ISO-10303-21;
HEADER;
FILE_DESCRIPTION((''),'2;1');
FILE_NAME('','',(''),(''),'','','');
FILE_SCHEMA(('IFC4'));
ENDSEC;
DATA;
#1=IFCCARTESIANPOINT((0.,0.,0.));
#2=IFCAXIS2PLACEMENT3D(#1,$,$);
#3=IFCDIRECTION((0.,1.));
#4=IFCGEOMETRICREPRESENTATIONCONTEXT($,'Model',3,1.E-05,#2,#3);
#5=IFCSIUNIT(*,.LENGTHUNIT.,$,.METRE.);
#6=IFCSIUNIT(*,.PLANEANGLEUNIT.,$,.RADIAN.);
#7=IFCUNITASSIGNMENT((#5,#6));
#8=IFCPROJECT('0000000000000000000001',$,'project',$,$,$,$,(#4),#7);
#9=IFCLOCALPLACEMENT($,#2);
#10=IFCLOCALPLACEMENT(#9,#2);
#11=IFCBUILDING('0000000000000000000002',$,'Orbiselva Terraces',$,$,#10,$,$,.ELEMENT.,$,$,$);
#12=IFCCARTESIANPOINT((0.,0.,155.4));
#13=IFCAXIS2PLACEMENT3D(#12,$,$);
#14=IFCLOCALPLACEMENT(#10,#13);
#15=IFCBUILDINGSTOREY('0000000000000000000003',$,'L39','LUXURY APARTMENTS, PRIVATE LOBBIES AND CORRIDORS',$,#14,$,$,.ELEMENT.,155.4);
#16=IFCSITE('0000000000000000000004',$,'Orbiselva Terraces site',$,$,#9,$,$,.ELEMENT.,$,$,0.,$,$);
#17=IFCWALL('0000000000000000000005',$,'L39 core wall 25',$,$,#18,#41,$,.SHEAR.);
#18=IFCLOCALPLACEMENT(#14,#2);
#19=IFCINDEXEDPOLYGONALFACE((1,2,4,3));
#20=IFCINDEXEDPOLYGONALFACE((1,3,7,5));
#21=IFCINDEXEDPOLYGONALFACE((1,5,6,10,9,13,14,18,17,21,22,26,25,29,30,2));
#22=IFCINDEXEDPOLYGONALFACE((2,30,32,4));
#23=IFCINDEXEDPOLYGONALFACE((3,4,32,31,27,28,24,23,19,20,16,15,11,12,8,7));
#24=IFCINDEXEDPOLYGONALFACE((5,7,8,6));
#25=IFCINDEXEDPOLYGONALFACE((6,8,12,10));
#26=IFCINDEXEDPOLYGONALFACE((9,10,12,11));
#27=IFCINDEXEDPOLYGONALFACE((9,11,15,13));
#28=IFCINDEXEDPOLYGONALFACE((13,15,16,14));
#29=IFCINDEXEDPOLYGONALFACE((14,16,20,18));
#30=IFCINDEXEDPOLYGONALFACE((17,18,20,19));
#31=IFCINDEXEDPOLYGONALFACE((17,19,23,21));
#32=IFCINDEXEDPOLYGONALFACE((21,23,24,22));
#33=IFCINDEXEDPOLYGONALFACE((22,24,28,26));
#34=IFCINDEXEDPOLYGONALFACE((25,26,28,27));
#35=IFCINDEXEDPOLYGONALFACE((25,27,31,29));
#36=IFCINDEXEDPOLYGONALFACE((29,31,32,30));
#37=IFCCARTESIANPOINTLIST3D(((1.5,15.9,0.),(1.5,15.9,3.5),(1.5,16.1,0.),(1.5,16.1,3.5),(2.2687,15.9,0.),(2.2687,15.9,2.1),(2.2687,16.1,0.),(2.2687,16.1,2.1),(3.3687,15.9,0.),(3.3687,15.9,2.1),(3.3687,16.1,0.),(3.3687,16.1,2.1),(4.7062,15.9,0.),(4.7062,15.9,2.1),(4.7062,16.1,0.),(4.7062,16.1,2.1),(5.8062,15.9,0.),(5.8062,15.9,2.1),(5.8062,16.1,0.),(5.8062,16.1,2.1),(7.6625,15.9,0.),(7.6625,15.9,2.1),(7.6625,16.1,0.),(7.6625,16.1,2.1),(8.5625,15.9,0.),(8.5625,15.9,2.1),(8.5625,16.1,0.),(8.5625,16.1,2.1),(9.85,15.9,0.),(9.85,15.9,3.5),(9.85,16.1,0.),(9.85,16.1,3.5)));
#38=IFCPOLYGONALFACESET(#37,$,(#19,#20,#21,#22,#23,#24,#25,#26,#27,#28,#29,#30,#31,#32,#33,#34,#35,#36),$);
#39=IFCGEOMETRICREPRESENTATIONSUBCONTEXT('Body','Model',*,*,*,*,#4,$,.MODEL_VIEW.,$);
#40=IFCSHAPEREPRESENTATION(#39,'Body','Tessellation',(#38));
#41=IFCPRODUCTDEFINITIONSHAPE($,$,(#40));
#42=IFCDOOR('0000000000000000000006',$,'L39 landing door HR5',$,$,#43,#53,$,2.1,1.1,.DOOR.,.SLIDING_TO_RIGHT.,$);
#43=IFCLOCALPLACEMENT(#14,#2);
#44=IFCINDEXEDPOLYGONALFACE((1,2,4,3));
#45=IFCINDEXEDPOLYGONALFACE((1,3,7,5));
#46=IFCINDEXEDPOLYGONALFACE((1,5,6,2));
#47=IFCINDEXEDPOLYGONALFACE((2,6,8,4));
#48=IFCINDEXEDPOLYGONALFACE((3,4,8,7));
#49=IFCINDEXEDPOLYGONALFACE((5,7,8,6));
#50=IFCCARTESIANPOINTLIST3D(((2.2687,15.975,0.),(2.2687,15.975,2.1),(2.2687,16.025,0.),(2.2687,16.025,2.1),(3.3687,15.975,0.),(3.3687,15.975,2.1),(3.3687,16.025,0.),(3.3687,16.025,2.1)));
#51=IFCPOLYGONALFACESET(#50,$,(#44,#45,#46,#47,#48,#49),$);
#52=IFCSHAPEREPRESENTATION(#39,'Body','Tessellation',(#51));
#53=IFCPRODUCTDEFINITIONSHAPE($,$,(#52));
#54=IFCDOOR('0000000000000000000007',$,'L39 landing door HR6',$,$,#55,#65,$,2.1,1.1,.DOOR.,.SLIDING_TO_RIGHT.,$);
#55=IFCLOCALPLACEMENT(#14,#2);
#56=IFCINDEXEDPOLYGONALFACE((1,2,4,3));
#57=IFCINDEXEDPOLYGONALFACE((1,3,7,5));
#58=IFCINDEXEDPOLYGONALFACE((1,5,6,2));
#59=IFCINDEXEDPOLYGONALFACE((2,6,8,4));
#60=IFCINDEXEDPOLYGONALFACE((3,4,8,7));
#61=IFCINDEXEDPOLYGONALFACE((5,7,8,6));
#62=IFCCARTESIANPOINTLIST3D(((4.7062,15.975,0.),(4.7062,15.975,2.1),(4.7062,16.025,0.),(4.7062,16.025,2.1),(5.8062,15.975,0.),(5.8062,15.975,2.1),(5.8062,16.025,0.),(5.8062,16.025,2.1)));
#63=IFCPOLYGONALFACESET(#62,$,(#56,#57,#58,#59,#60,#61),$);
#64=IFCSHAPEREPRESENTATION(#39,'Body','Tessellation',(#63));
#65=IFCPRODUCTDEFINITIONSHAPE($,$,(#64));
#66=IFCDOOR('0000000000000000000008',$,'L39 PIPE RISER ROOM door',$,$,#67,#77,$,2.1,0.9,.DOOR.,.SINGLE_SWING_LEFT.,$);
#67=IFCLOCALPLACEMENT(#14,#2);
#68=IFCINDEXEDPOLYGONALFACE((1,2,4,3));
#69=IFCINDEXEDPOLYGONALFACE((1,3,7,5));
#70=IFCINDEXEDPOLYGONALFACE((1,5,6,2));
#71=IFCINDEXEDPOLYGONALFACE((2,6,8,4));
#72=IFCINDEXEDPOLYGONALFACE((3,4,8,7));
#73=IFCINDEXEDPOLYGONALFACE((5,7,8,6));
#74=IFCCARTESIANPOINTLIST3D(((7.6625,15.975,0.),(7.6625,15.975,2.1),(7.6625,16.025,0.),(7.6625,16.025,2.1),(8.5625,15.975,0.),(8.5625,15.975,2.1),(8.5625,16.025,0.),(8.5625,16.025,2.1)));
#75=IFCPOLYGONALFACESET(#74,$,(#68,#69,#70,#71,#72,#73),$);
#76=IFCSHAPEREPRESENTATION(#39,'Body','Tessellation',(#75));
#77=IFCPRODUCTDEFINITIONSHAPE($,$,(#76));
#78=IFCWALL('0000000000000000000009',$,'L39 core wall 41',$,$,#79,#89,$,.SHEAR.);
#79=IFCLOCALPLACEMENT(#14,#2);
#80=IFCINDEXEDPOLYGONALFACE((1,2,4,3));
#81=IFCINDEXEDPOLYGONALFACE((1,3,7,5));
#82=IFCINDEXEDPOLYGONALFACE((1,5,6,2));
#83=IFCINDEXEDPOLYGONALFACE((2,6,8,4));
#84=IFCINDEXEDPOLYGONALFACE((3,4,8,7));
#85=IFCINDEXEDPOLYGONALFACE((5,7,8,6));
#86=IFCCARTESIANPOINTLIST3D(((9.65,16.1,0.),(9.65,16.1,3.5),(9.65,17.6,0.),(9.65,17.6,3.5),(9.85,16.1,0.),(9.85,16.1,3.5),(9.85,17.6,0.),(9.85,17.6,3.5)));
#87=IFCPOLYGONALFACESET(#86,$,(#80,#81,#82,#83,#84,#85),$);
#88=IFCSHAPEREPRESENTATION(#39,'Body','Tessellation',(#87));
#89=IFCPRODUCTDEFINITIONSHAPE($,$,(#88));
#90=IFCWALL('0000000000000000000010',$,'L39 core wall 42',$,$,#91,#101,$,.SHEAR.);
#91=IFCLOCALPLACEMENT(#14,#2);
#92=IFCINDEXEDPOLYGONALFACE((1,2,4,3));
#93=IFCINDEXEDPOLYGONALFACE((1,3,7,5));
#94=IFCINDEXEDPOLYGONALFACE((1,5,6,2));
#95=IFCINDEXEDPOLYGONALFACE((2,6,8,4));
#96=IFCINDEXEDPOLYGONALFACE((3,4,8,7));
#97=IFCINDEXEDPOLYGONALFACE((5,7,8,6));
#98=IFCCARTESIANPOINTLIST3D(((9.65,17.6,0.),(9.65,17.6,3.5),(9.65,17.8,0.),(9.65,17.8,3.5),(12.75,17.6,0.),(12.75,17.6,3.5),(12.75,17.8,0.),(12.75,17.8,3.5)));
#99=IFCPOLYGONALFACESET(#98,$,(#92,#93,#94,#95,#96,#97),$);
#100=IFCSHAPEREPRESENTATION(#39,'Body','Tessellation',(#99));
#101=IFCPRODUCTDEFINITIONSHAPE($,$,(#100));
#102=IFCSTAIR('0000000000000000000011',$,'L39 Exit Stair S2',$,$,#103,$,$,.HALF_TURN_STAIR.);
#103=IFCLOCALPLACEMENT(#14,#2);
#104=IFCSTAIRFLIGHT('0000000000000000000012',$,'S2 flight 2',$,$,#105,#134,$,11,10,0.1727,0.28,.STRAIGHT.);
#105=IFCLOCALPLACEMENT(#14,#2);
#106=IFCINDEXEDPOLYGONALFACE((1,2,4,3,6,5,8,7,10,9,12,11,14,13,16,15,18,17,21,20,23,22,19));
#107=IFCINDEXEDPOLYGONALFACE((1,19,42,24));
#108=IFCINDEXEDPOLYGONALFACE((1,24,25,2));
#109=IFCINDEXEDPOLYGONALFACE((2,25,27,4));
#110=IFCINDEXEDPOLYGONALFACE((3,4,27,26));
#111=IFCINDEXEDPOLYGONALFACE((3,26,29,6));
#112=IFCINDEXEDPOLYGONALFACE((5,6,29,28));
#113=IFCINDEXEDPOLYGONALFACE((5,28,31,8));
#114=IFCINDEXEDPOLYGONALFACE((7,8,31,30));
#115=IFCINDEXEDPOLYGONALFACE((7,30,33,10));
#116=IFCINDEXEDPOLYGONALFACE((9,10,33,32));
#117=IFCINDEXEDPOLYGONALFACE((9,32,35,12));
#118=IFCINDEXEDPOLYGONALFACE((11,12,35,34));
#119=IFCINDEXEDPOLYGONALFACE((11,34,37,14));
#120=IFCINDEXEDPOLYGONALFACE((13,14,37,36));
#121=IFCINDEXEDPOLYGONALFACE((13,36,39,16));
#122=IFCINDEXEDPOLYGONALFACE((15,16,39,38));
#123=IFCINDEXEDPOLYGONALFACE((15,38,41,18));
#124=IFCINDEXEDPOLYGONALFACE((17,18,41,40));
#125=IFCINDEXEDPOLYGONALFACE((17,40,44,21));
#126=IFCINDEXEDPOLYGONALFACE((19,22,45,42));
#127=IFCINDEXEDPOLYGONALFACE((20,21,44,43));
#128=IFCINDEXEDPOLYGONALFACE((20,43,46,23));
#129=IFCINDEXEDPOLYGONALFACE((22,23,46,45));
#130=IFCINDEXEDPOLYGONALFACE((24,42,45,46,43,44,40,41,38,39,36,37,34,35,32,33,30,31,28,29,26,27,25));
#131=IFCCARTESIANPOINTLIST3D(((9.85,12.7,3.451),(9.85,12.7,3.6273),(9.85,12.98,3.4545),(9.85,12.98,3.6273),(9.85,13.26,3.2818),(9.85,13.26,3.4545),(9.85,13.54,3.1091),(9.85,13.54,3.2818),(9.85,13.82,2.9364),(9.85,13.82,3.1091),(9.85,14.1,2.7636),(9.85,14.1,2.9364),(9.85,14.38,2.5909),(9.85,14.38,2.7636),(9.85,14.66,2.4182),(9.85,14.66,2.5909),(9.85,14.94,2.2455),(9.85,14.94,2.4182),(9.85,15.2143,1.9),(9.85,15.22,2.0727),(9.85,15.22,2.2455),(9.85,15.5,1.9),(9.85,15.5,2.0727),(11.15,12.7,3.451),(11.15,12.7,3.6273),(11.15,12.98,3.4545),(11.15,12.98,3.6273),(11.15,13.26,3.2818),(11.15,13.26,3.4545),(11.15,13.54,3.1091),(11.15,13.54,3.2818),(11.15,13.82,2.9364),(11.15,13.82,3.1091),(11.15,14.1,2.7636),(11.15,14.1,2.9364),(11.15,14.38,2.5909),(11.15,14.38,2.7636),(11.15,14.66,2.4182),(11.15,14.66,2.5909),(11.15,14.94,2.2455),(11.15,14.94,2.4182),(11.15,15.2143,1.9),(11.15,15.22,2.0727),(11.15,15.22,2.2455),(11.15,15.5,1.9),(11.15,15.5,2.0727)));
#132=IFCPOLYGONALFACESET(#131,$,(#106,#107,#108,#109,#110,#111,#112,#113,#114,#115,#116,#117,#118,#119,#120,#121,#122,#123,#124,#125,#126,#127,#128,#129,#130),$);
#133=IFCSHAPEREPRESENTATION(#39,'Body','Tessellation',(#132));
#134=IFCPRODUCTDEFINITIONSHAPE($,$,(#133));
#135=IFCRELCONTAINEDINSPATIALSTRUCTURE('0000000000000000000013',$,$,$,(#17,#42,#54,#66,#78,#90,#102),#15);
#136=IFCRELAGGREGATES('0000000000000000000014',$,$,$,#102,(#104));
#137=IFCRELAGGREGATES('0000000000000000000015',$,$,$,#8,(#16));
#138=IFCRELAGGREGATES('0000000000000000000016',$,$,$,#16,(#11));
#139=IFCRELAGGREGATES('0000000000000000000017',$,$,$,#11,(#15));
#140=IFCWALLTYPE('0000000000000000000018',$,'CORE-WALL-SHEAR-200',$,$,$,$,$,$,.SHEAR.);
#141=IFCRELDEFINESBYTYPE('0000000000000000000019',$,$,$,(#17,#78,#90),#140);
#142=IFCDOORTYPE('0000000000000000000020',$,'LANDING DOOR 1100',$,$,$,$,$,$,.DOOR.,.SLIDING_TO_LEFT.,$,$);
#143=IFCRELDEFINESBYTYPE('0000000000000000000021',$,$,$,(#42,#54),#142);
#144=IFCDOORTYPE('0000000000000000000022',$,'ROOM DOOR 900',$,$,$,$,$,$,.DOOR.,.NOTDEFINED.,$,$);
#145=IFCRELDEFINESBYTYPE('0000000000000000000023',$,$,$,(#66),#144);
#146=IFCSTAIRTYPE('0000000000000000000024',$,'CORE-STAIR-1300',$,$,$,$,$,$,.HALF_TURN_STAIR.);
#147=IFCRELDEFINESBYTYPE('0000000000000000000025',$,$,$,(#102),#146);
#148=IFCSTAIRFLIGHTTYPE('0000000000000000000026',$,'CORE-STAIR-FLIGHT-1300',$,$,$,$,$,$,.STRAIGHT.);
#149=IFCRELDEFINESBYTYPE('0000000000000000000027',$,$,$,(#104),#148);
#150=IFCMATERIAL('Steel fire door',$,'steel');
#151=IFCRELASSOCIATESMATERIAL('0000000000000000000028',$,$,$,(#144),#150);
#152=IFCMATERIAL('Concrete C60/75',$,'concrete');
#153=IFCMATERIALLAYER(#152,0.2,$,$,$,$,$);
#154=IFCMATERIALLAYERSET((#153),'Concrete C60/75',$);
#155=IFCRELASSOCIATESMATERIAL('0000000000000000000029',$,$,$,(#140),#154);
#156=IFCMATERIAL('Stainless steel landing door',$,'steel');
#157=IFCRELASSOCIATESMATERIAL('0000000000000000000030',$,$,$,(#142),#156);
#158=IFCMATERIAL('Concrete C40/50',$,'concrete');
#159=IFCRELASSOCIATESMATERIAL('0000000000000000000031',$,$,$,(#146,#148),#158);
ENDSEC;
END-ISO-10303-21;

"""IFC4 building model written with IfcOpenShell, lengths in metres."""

from ifc_helpers import new_model, si_unit, direction, frame, frame_2d, origin, place, context, subcontext, project, spatial, polyline, rectangle, outline, extrude, material, layer, layer_set, type_object, element, fill, aggregate, save


model = new_model("IFC4")

# Units and contexts
model_context = context("Model", 3, precision=1e-05, world=origin(), true_north=direction((0.0, 1.0)))
body_context = subcontext(model_context, "Body", "Model", "MODEL_VIEW")
ifc_project = project(units=[si_unit("LENGTHUNIT", "METRE"), si_unit("PLANEANGLEUNIT", "RADIAN")], contexts=[model_context])

# Site, building, storey
site_placement = place(None, origin())
site = spatial("IfcSite", under=ifc_project, at=site_placement, Name="Orbiselva Terraces site", CompositionType="ELEMENT", RefElevation=0.0)
building_placement = place(site_placement, origin())
building = spatial("IfcBuilding", under=site, at=building_placement, Name="Orbiselva Terraces", CompositionType="ELEMENT")
storey_placement = place(building_placement, frame((0.0, 0.0, 155.4)))
storey = spatial("IfcBuildingStorey", under=building, at=storey_placement, Name="L39", Description="LUXURY APARTMENTS, PRIVATE LOBBIES AND CORRIDORS", CompositionType="ELEMENT", Elevation=155.4)

# Shared definitions
ifc_material_1 = material(Name="Steel fire door", Category="steel")
door_type_1 = type_object("IfcDoorType", Name="ROOM DOOR 900", OperationType="NOTDEFINED", PredefinedType="DOOR", material=ifc_material_1)

# Shared definitions
ifc_material_2 = material(Name="Concrete C40/50", Category="concrete")
ifc_material_3 = material(Name="Concrete C60/75", Category="concrete")
ifc_layer_1 = layer(ifc_material_3, 0.2)
ifc_layer_set_1 = layer_set([ifc_layer_1], Name="Concrete C60/75")
wall_type_1 = type_object("IfcWallType", Name="CORE-WALL-SHEAR-200", PredefinedType="SHEAR", material=ifc_layer_set_1)

# Wall, openings, doors
wall_1_placement = place(storey_placement, frame((9.85, 16.0, 0.0), z_axis=(0.0, 0.0, 1.0), x_axis=(-1.0, 0.0, 0.0)))
wall_1 = element("IfcWall", 1, at=wall_1_placement, inside=storey, type_object=wall_type_1, Name="L39 core wall 25", PredefinedType="SHEAR", context=body_context, shape_type="SweptSolid", body=[
    extrude(rectangle(XDim=8.35, YDim=0.2, at=frame_2d((4.175, 0.0))), origin(), (0.0, 0.0, 1.0), 3.5),
])
opening_1_placement = place(wall_1_placement, frame((6.4813, 0.0, 0.0)))
opening_1 = element("IfcOpeningElement", 2, at=opening_1_placement, cuts=wall_1, PredefinedType="OPENING", context=body_context, shape_type="SweptSolid", body=[
    extrude(rectangle(XDim=1.1, YDim=2.1, at=frame_2d((0.55, 1.05))), frame((0.0, 0.11, 0.0), z_axis=(0.0, -1.0, 0.0), x_axis=(1.0, 0.0, 0.0)), (0.0, 0.0, 1.0), 0.22),
])
opening_2_placement = place(wall_1_placement, frame((4.0438, 0.0, 0.0)))
opening_2 = element("IfcOpeningElement", 3, at=opening_2_placement, cuts=wall_1, PredefinedType="OPENING", context=body_context, shape_type="SweptSolid", body=[
    extrude(rectangle(XDim=1.1, YDim=2.1, at=frame_2d((0.55, 1.05))), frame((0.0, 0.11, 0.0), z_axis=(0.0, -1.0, 0.0), x_axis=(1.0, 0.0, 0.0)), (0.0, 0.0, 1.0), 0.22),
])
opening_3_placement = place(wall_1_placement, frame((1.2875, 0.0, 0.0)))
opening_3 = element("IfcOpeningElement", 4, at=opening_3_placement, cuts=wall_1, PredefinedType="OPENING", context=body_context, shape_type="SweptSolid", body=[
    extrude(rectangle(XDim=0.9, YDim=2.1, at=frame_2d((0.45, 1.05))), frame((0.0, 0.11, 0.0), z_axis=(0.0, -1.0, 0.0), x_axis=(1.0, 0.0, 0.0)), (0.0, 0.0, 1.0), 0.22),
])
ifc_material_4 = material(Name="Stainless steel landing door", Category="steel")
door_type_2 = type_object("IfcDoorType", Name="LANDING DOOR 1100", OperationType="SLIDING_TO_LEFT", PredefinedType="DOOR", material=ifc_material_4)
door_1_placement = place(opening_1_placement, origin())
door_1 = element("IfcDoor", 5, at=door_1_placement, inside=storey, type_object=door_type_2, Name="L39 landing door HR5", OperationType="SLIDING_TO_RIGHT", OverallHeight=2.1, OverallWidth=1.1, PredefinedType="DOOR", context=body_context, shape_type="SweptSolid", body=[
    extrude(rectangle(XDim=1.1, YDim=2.1, at=frame_2d((0.55, 1.05))), frame((0.0, 0.025, 0.0), z_axis=(0.0, -1.0, 0.0), x_axis=(1.0, 0.0, 0.0)), (0.0, 0.0, 1.0), 0.05),
])
fill(opening_1, door_1)
door_2_placement = place(opening_2_placement, origin())
door_2 = element("IfcDoor", 6, at=door_2_placement, inside=storey, type_object=door_type_2, Name="L39 landing door HR6", OperationType="SLIDING_TO_RIGHT", OverallHeight=2.1, OverallWidth=1.1, PredefinedType="DOOR", context=body_context, shape_type="SweptSolid", body=[
    extrude(rectangle(XDim=1.1, YDim=2.1, at=frame_2d((0.55, 1.05))), frame((0.0, 0.025, 0.0), z_axis=(0.0, -1.0, 0.0), x_axis=(1.0, 0.0, 0.0)), (0.0, 0.0, 1.0), 0.05),
])
fill(opening_2, door_2)
door_3_placement = place(opening_3_placement, origin())
door_3 = element("IfcDoor", 7, at=door_3_placement, inside=storey, type_object=door_type_1, Name="L39 PIPE RISER ROOM door", OperationType="SINGLE_SWING_LEFT", OverallHeight=2.1, OverallWidth=0.9, PredefinedType="DOOR", context=body_context, shape_type="SweptSolid", body=[
    extrude(rectangle(XDim=0.9, YDim=2.1, at=frame_2d((0.45, 1.05))), frame((0.0, 0.025, 0.0), z_axis=(0.0, -1.0, 0.0), x_axis=(1.0, 0.0, 0.0)), (0.0, 0.0, 1.0), 0.05),
])
fill(opening_3, door_3)

# Walls
wall_2_placement = place(storey_placement, frame((9.75, 16.1, 0.0), z_axis=(0.0, 0.0, 1.0), x_axis=(0.0, 1.0, 0.0)))
element("IfcWall", 8, at=wall_2_placement, inside=storey, type_object=wall_type_1, Name="L39 core wall 41", PredefinedType="SHEAR", context=body_context, shape_type="SweptSolid", body=[
    extrude(rectangle(XDim=1.5, YDim=0.2, at=frame_2d((0.75, 0.0))), origin(), (0.0, 0.0, 1.0), 3.5),
])
wall_3_placement = place(storey_placement, frame((9.65, 17.7, 0.0), z_axis=(0.0, 0.0, 1.0), x_axis=(1.0, 0.0, 0.0)))
element("IfcWall", 9, at=wall_3_placement, inside=storey, type_object=wall_type_1, Name="L39 core wall 42", PredefinedType="SHEAR", context=body_context, shape_type="SweptSolid", body=[
    extrude(rectangle(XDim=3.1, YDim=0.2, at=frame_2d((1.55, 0.0))), origin(), (0.0, 0.0, 1.0), 3.5),
])

# Stair, stair flight
stair_type = type_object("IfcStairType", Name="CORE-STAIR-1300", PredefinedType="HALF_TURN_STAIR", material=ifc_material_2)
stair_placement = place(storey_placement, origin())
stair = element("IfcStair", 10, at=stair_placement, inside=storey, type_object=stair_type, Name="L39 Exit Stair S2", PredefinedType="HALF_TURN_STAIR")
stair_flight_type = type_object("IfcStairFlightType", Name="CORE-STAIR-FLIGHT-1300", PredefinedType="STRAIGHT", material=ifc_material_2)
stair_flight_placement = place(storey_placement, frame((10.5, 15.5, 1.9), z_axis=(0.0, 0.0, 1.0), x_axis=(0.0, -1.0, 0.0)))
stair_flight = element("IfcStairFlight", 11, at=stair_flight_placement, type_object=stair_flight_type, Name="S2 flight 2", NumberOfRisers=11, NumberOfTreads=10, PredefinedType="STRAIGHT", RiserHeight=0.1727, TreadLength=0.28, context=body_context, shape_type="SweptSolid", body=[
    extrude(outline(polyline([(0.0, 0.0), (0.0, 0.1727), (0.28, 0.1727), (0.28, 0.3455), (0.56, 0.3455), (0.56, 0.5182), (0.84, 0.5182), (0.84, 0.6909), (1.12, 0.6909), (1.12, 0.8636), (1.4, 0.8636), (1.4, 1.0364), (1.68, 1.0364), (1.68, 1.2091), (1.96, 1.2091), (1.96, 1.3818), (2.24, 1.3818), (2.24, 1.5545), (2.52, 1.5545), (2.52, 1.7273), (2.8, 1.7273), (2.8, 1.9), (2.8, 1.551), (0.2857, 0.0), (0.0, 0.0)])), frame((0.0, 0.65, 0.0), z_axis=(0.0, -1.0, 0.0), x_axis=(1.0, 0.0, 0.0)), (0.0, 0.0, 1.0), 1.3),
])
aggregate(stair, [stair_flight])

save(model, "model.ifc")
